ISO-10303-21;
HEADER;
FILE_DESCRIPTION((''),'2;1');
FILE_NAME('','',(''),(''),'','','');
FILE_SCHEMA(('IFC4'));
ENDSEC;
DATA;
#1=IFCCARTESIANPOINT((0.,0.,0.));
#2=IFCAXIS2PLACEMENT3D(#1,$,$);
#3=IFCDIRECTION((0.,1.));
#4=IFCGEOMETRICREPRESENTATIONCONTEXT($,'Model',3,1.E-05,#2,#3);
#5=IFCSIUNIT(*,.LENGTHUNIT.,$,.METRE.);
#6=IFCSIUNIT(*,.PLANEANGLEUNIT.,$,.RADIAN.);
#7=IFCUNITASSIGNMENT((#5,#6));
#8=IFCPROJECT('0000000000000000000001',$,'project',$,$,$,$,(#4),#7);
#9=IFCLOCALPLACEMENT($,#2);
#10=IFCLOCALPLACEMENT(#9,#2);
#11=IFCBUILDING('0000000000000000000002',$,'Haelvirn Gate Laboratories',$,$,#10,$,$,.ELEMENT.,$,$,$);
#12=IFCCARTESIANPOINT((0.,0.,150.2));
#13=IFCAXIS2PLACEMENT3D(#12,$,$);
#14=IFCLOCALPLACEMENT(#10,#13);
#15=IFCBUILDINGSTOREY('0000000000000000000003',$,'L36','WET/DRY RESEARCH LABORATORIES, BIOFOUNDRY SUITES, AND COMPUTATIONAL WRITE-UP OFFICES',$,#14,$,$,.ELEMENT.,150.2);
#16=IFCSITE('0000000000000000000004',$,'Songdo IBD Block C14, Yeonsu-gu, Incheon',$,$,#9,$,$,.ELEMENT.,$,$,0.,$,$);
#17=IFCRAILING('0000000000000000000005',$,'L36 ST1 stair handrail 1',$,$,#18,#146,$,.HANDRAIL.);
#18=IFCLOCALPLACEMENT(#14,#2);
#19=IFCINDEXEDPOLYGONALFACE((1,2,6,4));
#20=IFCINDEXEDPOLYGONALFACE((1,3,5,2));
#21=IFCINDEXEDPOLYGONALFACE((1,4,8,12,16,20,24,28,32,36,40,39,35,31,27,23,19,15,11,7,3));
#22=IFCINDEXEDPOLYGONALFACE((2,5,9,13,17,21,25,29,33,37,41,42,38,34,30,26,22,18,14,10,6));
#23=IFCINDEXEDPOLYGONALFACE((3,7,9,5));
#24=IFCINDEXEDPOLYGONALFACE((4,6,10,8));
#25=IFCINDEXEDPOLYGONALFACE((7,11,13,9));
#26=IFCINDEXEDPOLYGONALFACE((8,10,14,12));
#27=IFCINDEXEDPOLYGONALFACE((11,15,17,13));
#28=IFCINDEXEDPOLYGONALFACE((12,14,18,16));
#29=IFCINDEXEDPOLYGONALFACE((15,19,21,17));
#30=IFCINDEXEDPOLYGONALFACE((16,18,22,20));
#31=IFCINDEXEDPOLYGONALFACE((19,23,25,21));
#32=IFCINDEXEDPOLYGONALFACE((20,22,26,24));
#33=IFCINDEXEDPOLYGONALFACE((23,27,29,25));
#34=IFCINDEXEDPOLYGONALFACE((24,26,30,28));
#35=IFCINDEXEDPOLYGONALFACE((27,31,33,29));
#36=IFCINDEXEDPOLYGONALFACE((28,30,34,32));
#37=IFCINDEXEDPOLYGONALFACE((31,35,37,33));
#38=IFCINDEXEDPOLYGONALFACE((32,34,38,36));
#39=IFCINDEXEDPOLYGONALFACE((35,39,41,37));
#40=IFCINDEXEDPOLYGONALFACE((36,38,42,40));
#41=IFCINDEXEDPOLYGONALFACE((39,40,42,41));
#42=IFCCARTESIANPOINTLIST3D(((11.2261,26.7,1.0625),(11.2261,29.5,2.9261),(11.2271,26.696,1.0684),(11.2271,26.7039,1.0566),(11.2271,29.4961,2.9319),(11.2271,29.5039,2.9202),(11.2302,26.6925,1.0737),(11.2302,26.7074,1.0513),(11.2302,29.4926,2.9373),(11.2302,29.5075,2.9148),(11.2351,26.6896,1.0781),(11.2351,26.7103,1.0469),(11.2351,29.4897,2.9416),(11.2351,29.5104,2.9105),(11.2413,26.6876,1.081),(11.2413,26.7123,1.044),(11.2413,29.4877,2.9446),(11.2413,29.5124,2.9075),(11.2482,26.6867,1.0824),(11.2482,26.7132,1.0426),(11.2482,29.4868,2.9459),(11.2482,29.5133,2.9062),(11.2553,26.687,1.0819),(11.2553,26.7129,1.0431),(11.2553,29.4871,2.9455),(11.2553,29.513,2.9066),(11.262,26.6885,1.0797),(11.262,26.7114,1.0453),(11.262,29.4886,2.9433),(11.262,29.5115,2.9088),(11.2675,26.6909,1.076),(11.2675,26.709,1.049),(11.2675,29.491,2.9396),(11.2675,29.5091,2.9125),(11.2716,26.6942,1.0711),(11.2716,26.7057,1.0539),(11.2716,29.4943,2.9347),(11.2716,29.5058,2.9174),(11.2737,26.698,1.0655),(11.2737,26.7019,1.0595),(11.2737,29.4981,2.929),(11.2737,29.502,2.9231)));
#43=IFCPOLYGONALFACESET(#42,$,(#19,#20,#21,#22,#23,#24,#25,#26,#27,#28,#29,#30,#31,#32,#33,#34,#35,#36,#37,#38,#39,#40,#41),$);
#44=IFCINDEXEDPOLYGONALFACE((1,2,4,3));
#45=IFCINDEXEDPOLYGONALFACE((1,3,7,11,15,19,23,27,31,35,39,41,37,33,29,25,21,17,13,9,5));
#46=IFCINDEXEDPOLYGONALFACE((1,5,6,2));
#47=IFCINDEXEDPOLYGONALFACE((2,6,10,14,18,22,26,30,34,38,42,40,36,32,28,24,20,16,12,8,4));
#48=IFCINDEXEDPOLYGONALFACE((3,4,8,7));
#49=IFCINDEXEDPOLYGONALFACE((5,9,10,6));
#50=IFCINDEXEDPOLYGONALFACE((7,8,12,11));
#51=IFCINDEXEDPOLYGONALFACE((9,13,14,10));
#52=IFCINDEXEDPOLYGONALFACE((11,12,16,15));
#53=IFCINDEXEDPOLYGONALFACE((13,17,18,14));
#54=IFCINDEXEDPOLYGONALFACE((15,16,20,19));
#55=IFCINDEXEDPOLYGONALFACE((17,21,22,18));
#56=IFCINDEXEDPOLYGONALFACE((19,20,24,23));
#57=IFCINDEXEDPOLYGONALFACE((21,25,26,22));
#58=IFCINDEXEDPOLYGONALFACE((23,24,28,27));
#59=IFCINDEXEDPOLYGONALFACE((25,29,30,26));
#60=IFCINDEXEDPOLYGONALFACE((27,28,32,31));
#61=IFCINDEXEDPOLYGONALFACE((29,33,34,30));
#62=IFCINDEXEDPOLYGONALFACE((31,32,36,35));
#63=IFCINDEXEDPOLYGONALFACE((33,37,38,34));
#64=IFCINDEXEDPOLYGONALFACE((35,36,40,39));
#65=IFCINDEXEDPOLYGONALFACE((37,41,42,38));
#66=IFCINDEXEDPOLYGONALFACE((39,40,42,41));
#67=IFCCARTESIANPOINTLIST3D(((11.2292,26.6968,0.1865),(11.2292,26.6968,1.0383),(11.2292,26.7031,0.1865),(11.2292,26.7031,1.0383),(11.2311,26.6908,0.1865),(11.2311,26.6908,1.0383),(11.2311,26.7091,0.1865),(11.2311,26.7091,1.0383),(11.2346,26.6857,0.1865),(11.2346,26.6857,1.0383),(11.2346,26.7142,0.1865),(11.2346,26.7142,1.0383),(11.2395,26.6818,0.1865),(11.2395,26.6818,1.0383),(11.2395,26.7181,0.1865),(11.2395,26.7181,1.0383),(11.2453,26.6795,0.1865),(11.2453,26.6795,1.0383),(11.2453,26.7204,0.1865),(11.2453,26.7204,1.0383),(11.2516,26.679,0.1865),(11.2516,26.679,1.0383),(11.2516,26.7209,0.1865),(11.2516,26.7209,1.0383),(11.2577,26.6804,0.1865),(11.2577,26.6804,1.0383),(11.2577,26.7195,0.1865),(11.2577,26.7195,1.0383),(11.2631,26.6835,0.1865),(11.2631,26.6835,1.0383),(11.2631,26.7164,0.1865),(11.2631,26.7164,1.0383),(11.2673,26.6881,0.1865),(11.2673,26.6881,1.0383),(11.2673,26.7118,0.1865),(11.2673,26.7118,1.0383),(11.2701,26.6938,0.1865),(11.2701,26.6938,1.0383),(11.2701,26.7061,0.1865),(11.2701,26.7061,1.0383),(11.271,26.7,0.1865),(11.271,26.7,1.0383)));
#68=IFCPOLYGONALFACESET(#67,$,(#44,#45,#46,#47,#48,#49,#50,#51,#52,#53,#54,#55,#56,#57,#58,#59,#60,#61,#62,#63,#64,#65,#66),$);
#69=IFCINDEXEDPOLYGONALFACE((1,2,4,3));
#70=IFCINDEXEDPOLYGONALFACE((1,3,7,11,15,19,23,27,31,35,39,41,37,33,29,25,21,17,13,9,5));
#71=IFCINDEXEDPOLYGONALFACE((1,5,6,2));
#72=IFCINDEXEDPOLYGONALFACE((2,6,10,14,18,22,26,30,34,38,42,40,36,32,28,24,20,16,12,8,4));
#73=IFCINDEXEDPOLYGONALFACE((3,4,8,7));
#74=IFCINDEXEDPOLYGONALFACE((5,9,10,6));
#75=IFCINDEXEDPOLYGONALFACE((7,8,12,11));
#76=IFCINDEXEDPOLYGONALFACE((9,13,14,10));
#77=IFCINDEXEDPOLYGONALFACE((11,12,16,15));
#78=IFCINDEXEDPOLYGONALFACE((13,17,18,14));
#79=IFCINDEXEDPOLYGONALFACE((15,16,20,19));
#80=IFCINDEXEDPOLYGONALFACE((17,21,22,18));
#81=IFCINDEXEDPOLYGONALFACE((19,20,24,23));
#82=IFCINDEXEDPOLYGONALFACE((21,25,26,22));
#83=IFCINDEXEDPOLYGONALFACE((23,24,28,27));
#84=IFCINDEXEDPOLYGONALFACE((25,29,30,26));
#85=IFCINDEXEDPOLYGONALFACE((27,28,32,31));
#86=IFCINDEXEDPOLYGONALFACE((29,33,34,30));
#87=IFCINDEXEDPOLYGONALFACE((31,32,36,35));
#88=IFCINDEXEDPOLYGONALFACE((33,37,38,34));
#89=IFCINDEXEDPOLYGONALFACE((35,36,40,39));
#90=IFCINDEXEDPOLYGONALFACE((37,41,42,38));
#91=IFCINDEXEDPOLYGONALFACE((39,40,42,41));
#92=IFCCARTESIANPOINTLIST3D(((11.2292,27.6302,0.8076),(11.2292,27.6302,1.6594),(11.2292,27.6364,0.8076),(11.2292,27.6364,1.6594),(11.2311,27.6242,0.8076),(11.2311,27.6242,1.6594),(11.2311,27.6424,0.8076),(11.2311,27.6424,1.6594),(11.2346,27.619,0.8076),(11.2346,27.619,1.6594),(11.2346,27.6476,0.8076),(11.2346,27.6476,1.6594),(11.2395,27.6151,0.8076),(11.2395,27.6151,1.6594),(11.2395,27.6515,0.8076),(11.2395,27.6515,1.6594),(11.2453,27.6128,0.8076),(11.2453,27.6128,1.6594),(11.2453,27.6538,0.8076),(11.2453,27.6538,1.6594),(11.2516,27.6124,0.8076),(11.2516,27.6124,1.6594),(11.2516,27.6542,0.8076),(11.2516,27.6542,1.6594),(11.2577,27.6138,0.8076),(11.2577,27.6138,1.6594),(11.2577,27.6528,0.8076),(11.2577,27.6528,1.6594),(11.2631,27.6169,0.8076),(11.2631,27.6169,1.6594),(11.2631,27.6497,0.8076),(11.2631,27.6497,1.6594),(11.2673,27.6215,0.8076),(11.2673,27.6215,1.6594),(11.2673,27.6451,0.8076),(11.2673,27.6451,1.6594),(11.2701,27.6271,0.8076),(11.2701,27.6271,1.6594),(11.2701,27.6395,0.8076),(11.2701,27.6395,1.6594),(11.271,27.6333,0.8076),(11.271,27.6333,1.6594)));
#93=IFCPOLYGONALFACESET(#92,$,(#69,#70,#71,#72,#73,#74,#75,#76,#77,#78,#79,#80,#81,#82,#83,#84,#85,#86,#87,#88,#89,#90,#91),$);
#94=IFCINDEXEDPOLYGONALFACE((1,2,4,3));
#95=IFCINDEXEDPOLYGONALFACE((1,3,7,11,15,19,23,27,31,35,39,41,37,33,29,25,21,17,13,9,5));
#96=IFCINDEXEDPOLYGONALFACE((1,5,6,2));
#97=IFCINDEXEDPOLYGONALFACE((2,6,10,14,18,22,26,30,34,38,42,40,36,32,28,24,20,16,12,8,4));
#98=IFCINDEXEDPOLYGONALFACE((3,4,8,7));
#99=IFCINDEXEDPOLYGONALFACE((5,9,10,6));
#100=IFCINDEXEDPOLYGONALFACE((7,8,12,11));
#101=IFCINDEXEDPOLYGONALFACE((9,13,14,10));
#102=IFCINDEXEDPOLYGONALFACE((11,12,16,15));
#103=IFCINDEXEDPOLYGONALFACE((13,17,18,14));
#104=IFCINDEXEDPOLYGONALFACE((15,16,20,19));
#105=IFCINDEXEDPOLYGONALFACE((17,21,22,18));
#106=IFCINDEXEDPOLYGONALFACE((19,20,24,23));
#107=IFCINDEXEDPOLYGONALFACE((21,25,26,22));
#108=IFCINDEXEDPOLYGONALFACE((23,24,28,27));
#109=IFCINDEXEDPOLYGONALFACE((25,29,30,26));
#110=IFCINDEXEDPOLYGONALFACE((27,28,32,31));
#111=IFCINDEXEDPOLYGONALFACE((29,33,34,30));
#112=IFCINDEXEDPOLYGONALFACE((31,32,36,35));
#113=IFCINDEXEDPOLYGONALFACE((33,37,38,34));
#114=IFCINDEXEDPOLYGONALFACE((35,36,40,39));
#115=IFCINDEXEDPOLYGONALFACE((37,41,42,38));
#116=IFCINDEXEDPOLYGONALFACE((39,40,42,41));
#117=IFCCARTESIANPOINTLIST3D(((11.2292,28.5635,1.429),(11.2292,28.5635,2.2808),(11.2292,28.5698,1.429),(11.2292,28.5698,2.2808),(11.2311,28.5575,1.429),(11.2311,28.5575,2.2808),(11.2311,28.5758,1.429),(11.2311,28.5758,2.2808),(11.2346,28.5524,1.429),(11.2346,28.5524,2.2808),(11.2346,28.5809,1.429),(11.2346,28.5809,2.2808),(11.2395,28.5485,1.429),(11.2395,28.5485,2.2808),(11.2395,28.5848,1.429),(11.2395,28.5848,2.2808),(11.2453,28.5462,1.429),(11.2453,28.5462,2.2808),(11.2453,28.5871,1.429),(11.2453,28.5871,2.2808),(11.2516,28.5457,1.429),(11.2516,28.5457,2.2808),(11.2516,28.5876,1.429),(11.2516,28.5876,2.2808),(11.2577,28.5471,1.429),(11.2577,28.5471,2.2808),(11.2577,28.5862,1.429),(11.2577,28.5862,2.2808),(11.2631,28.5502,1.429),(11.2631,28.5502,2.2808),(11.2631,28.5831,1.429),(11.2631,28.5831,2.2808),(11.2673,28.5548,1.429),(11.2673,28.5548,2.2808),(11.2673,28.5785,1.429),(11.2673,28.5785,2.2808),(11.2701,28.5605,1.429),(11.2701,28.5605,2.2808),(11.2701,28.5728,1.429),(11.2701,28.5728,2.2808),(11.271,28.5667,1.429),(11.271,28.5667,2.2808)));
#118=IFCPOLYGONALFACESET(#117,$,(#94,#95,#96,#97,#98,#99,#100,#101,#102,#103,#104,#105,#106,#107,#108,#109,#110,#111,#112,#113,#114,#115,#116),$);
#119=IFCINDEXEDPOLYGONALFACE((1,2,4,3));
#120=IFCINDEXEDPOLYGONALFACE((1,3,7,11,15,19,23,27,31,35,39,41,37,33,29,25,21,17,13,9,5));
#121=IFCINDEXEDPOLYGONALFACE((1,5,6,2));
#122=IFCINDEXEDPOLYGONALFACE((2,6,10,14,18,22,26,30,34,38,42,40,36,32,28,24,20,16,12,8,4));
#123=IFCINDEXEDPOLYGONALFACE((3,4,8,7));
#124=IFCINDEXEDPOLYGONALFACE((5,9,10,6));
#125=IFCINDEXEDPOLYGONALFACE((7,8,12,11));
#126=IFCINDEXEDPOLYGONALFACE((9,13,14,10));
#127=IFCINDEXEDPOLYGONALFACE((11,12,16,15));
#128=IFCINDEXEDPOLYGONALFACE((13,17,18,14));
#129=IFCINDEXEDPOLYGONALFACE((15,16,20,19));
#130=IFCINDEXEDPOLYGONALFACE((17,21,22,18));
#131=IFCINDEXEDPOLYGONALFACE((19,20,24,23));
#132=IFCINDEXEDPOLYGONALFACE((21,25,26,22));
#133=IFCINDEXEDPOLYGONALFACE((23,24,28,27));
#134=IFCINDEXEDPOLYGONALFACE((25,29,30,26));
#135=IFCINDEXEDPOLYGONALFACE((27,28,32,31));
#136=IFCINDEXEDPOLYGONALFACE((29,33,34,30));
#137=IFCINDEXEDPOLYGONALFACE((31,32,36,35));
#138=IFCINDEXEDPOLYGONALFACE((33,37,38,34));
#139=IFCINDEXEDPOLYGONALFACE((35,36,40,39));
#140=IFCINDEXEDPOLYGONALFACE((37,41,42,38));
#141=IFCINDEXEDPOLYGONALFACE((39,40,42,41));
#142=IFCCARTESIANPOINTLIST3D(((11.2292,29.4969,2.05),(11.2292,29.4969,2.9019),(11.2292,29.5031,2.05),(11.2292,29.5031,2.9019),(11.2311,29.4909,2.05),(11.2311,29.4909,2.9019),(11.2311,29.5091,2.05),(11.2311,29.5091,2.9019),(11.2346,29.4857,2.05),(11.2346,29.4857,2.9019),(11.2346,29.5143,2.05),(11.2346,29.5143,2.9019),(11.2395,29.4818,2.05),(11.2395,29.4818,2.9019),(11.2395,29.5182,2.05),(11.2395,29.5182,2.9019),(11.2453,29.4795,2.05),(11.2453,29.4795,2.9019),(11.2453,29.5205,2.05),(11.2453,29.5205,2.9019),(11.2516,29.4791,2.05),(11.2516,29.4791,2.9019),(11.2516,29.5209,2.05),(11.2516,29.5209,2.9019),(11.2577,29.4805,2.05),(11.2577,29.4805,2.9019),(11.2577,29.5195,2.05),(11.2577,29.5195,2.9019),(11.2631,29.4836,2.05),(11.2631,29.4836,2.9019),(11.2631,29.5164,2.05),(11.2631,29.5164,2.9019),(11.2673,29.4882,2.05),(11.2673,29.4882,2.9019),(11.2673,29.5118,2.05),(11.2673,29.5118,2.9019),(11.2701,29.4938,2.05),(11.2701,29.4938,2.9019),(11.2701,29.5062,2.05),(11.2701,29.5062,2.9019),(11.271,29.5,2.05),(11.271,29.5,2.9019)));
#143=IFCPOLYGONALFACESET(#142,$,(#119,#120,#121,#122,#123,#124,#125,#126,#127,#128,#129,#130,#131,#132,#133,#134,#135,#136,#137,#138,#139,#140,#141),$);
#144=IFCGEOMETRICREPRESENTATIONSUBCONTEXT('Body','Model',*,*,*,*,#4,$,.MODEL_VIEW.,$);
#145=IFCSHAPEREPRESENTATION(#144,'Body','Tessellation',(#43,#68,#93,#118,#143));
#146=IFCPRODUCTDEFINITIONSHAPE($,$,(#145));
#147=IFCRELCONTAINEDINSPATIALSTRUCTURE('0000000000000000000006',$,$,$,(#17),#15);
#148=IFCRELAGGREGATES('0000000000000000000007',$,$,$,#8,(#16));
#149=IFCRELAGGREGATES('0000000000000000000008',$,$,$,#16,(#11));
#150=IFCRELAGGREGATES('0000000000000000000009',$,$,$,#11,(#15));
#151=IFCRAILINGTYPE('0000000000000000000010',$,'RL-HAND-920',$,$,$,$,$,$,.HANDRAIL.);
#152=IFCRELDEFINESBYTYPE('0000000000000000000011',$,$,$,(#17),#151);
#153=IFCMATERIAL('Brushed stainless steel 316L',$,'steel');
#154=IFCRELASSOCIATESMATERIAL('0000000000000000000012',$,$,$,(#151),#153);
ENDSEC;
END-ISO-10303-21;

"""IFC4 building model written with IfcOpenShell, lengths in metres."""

from ifc_helpers import new_model, si_unit, direction, frame, origin, origin_2d, place, context, subcontext, project, spatial, circle, extrude, source, transform, mapped, material, type_object, element, save


model = new_model("IFC4")

# Units and contexts
model_context = context("Model", 3, precision=1e-05, world=origin(), true_north=direction((0.0, 1.0)))
body_context = subcontext(model_context, "Body", "Model", "MODEL_VIEW")
ifc_project = project(units=[si_unit("LENGTHUNIT", "METRE"), si_unit("PLANEANGLEUNIT", "RADIAN")], contexts=[model_context])

# Site, building, storey
site_placement = place(None, origin())
site = spatial("IfcSite", under=ifc_project, at=site_placement, Name="Songdo IBD Block C14, Yeonsu-gu, Incheon", CompositionType="ELEMENT", RefElevation=0.0)
building_placement = place(site_placement, origin())
building = spatial("IfcBuilding", under=site, at=building_placement, Name="Haelvirn Gate Laboratories", CompositionType="ELEMENT")
storey_placement = place(building_placement, frame((0.0, 0.0, 150.2)))
storey = spatial("IfcBuildingStorey", under=building, at=storey_placement, Name="L36", Description="WET/DRY RESEARCH LABORATORIES, BIOFOUNDRY SUITES, AND COMPUTATIONAL WRITE-UP OFFICES", CompositionType="ELEMENT", Elevation=150.2)

# Railing
ifc_material_1 = material(Name="Brushed stainless steel 316L", Category="steel")
railing_type_1 = type_object("IfcRailingType", Name="RL-HAND-920", PredefinedType="HANDRAIL", material=ifc_material_1)
shared_shape_1 = source(origin(), body_context, "Body", "SweptSolid", [
    extrude(circle(Radius=0.0239, at=origin_2d()), frame((0.0, 0.0, 0.876), z_axis=(0.0, 0.832486, 0.554047), x_axis=(-1.0, 0.0, 0.0)), (0.0, 0.0, 1.0), 3.3635),
    extrude(circle(Radius=0.021, at=origin_2d()), origin(), (0.0, 0.0, 1.0), 0.8518),
    extrude(circle(Radius=0.021, at=origin_2d()), frame((0.0, 0.9333, 0.6211)), (0.0, 0.0, 1.0), 0.8518),
    extrude(circle(Radius=0.021, at=origin_2d()), frame((0.0, 1.8667, 1.2424)), (0.0, 0.0, 1.0), 0.8518),
    extrude(circle(Radius=0.021, at=origin_2d()), frame((0.0, 2.8, 1.8635)), (0.0, 0.0, 1.0), 0.8518),
])
railing_1_placement = place(storey_placement, frame((11.25, 26.7, 0.1865)))
element("IfcRailing", 1, at=railing_1_placement, inside=storey, type_object=railing_type_1, Name="L36 ST1 stair handrail 1", PredefinedType="HANDRAIL", context=body_context, shape_type="MappedRepresentation", body=[
    mapped(shared_shape_1, transform((0.0, 0.0, 0.0), scale=1.0)),
])

save(model, "model.ifc")
